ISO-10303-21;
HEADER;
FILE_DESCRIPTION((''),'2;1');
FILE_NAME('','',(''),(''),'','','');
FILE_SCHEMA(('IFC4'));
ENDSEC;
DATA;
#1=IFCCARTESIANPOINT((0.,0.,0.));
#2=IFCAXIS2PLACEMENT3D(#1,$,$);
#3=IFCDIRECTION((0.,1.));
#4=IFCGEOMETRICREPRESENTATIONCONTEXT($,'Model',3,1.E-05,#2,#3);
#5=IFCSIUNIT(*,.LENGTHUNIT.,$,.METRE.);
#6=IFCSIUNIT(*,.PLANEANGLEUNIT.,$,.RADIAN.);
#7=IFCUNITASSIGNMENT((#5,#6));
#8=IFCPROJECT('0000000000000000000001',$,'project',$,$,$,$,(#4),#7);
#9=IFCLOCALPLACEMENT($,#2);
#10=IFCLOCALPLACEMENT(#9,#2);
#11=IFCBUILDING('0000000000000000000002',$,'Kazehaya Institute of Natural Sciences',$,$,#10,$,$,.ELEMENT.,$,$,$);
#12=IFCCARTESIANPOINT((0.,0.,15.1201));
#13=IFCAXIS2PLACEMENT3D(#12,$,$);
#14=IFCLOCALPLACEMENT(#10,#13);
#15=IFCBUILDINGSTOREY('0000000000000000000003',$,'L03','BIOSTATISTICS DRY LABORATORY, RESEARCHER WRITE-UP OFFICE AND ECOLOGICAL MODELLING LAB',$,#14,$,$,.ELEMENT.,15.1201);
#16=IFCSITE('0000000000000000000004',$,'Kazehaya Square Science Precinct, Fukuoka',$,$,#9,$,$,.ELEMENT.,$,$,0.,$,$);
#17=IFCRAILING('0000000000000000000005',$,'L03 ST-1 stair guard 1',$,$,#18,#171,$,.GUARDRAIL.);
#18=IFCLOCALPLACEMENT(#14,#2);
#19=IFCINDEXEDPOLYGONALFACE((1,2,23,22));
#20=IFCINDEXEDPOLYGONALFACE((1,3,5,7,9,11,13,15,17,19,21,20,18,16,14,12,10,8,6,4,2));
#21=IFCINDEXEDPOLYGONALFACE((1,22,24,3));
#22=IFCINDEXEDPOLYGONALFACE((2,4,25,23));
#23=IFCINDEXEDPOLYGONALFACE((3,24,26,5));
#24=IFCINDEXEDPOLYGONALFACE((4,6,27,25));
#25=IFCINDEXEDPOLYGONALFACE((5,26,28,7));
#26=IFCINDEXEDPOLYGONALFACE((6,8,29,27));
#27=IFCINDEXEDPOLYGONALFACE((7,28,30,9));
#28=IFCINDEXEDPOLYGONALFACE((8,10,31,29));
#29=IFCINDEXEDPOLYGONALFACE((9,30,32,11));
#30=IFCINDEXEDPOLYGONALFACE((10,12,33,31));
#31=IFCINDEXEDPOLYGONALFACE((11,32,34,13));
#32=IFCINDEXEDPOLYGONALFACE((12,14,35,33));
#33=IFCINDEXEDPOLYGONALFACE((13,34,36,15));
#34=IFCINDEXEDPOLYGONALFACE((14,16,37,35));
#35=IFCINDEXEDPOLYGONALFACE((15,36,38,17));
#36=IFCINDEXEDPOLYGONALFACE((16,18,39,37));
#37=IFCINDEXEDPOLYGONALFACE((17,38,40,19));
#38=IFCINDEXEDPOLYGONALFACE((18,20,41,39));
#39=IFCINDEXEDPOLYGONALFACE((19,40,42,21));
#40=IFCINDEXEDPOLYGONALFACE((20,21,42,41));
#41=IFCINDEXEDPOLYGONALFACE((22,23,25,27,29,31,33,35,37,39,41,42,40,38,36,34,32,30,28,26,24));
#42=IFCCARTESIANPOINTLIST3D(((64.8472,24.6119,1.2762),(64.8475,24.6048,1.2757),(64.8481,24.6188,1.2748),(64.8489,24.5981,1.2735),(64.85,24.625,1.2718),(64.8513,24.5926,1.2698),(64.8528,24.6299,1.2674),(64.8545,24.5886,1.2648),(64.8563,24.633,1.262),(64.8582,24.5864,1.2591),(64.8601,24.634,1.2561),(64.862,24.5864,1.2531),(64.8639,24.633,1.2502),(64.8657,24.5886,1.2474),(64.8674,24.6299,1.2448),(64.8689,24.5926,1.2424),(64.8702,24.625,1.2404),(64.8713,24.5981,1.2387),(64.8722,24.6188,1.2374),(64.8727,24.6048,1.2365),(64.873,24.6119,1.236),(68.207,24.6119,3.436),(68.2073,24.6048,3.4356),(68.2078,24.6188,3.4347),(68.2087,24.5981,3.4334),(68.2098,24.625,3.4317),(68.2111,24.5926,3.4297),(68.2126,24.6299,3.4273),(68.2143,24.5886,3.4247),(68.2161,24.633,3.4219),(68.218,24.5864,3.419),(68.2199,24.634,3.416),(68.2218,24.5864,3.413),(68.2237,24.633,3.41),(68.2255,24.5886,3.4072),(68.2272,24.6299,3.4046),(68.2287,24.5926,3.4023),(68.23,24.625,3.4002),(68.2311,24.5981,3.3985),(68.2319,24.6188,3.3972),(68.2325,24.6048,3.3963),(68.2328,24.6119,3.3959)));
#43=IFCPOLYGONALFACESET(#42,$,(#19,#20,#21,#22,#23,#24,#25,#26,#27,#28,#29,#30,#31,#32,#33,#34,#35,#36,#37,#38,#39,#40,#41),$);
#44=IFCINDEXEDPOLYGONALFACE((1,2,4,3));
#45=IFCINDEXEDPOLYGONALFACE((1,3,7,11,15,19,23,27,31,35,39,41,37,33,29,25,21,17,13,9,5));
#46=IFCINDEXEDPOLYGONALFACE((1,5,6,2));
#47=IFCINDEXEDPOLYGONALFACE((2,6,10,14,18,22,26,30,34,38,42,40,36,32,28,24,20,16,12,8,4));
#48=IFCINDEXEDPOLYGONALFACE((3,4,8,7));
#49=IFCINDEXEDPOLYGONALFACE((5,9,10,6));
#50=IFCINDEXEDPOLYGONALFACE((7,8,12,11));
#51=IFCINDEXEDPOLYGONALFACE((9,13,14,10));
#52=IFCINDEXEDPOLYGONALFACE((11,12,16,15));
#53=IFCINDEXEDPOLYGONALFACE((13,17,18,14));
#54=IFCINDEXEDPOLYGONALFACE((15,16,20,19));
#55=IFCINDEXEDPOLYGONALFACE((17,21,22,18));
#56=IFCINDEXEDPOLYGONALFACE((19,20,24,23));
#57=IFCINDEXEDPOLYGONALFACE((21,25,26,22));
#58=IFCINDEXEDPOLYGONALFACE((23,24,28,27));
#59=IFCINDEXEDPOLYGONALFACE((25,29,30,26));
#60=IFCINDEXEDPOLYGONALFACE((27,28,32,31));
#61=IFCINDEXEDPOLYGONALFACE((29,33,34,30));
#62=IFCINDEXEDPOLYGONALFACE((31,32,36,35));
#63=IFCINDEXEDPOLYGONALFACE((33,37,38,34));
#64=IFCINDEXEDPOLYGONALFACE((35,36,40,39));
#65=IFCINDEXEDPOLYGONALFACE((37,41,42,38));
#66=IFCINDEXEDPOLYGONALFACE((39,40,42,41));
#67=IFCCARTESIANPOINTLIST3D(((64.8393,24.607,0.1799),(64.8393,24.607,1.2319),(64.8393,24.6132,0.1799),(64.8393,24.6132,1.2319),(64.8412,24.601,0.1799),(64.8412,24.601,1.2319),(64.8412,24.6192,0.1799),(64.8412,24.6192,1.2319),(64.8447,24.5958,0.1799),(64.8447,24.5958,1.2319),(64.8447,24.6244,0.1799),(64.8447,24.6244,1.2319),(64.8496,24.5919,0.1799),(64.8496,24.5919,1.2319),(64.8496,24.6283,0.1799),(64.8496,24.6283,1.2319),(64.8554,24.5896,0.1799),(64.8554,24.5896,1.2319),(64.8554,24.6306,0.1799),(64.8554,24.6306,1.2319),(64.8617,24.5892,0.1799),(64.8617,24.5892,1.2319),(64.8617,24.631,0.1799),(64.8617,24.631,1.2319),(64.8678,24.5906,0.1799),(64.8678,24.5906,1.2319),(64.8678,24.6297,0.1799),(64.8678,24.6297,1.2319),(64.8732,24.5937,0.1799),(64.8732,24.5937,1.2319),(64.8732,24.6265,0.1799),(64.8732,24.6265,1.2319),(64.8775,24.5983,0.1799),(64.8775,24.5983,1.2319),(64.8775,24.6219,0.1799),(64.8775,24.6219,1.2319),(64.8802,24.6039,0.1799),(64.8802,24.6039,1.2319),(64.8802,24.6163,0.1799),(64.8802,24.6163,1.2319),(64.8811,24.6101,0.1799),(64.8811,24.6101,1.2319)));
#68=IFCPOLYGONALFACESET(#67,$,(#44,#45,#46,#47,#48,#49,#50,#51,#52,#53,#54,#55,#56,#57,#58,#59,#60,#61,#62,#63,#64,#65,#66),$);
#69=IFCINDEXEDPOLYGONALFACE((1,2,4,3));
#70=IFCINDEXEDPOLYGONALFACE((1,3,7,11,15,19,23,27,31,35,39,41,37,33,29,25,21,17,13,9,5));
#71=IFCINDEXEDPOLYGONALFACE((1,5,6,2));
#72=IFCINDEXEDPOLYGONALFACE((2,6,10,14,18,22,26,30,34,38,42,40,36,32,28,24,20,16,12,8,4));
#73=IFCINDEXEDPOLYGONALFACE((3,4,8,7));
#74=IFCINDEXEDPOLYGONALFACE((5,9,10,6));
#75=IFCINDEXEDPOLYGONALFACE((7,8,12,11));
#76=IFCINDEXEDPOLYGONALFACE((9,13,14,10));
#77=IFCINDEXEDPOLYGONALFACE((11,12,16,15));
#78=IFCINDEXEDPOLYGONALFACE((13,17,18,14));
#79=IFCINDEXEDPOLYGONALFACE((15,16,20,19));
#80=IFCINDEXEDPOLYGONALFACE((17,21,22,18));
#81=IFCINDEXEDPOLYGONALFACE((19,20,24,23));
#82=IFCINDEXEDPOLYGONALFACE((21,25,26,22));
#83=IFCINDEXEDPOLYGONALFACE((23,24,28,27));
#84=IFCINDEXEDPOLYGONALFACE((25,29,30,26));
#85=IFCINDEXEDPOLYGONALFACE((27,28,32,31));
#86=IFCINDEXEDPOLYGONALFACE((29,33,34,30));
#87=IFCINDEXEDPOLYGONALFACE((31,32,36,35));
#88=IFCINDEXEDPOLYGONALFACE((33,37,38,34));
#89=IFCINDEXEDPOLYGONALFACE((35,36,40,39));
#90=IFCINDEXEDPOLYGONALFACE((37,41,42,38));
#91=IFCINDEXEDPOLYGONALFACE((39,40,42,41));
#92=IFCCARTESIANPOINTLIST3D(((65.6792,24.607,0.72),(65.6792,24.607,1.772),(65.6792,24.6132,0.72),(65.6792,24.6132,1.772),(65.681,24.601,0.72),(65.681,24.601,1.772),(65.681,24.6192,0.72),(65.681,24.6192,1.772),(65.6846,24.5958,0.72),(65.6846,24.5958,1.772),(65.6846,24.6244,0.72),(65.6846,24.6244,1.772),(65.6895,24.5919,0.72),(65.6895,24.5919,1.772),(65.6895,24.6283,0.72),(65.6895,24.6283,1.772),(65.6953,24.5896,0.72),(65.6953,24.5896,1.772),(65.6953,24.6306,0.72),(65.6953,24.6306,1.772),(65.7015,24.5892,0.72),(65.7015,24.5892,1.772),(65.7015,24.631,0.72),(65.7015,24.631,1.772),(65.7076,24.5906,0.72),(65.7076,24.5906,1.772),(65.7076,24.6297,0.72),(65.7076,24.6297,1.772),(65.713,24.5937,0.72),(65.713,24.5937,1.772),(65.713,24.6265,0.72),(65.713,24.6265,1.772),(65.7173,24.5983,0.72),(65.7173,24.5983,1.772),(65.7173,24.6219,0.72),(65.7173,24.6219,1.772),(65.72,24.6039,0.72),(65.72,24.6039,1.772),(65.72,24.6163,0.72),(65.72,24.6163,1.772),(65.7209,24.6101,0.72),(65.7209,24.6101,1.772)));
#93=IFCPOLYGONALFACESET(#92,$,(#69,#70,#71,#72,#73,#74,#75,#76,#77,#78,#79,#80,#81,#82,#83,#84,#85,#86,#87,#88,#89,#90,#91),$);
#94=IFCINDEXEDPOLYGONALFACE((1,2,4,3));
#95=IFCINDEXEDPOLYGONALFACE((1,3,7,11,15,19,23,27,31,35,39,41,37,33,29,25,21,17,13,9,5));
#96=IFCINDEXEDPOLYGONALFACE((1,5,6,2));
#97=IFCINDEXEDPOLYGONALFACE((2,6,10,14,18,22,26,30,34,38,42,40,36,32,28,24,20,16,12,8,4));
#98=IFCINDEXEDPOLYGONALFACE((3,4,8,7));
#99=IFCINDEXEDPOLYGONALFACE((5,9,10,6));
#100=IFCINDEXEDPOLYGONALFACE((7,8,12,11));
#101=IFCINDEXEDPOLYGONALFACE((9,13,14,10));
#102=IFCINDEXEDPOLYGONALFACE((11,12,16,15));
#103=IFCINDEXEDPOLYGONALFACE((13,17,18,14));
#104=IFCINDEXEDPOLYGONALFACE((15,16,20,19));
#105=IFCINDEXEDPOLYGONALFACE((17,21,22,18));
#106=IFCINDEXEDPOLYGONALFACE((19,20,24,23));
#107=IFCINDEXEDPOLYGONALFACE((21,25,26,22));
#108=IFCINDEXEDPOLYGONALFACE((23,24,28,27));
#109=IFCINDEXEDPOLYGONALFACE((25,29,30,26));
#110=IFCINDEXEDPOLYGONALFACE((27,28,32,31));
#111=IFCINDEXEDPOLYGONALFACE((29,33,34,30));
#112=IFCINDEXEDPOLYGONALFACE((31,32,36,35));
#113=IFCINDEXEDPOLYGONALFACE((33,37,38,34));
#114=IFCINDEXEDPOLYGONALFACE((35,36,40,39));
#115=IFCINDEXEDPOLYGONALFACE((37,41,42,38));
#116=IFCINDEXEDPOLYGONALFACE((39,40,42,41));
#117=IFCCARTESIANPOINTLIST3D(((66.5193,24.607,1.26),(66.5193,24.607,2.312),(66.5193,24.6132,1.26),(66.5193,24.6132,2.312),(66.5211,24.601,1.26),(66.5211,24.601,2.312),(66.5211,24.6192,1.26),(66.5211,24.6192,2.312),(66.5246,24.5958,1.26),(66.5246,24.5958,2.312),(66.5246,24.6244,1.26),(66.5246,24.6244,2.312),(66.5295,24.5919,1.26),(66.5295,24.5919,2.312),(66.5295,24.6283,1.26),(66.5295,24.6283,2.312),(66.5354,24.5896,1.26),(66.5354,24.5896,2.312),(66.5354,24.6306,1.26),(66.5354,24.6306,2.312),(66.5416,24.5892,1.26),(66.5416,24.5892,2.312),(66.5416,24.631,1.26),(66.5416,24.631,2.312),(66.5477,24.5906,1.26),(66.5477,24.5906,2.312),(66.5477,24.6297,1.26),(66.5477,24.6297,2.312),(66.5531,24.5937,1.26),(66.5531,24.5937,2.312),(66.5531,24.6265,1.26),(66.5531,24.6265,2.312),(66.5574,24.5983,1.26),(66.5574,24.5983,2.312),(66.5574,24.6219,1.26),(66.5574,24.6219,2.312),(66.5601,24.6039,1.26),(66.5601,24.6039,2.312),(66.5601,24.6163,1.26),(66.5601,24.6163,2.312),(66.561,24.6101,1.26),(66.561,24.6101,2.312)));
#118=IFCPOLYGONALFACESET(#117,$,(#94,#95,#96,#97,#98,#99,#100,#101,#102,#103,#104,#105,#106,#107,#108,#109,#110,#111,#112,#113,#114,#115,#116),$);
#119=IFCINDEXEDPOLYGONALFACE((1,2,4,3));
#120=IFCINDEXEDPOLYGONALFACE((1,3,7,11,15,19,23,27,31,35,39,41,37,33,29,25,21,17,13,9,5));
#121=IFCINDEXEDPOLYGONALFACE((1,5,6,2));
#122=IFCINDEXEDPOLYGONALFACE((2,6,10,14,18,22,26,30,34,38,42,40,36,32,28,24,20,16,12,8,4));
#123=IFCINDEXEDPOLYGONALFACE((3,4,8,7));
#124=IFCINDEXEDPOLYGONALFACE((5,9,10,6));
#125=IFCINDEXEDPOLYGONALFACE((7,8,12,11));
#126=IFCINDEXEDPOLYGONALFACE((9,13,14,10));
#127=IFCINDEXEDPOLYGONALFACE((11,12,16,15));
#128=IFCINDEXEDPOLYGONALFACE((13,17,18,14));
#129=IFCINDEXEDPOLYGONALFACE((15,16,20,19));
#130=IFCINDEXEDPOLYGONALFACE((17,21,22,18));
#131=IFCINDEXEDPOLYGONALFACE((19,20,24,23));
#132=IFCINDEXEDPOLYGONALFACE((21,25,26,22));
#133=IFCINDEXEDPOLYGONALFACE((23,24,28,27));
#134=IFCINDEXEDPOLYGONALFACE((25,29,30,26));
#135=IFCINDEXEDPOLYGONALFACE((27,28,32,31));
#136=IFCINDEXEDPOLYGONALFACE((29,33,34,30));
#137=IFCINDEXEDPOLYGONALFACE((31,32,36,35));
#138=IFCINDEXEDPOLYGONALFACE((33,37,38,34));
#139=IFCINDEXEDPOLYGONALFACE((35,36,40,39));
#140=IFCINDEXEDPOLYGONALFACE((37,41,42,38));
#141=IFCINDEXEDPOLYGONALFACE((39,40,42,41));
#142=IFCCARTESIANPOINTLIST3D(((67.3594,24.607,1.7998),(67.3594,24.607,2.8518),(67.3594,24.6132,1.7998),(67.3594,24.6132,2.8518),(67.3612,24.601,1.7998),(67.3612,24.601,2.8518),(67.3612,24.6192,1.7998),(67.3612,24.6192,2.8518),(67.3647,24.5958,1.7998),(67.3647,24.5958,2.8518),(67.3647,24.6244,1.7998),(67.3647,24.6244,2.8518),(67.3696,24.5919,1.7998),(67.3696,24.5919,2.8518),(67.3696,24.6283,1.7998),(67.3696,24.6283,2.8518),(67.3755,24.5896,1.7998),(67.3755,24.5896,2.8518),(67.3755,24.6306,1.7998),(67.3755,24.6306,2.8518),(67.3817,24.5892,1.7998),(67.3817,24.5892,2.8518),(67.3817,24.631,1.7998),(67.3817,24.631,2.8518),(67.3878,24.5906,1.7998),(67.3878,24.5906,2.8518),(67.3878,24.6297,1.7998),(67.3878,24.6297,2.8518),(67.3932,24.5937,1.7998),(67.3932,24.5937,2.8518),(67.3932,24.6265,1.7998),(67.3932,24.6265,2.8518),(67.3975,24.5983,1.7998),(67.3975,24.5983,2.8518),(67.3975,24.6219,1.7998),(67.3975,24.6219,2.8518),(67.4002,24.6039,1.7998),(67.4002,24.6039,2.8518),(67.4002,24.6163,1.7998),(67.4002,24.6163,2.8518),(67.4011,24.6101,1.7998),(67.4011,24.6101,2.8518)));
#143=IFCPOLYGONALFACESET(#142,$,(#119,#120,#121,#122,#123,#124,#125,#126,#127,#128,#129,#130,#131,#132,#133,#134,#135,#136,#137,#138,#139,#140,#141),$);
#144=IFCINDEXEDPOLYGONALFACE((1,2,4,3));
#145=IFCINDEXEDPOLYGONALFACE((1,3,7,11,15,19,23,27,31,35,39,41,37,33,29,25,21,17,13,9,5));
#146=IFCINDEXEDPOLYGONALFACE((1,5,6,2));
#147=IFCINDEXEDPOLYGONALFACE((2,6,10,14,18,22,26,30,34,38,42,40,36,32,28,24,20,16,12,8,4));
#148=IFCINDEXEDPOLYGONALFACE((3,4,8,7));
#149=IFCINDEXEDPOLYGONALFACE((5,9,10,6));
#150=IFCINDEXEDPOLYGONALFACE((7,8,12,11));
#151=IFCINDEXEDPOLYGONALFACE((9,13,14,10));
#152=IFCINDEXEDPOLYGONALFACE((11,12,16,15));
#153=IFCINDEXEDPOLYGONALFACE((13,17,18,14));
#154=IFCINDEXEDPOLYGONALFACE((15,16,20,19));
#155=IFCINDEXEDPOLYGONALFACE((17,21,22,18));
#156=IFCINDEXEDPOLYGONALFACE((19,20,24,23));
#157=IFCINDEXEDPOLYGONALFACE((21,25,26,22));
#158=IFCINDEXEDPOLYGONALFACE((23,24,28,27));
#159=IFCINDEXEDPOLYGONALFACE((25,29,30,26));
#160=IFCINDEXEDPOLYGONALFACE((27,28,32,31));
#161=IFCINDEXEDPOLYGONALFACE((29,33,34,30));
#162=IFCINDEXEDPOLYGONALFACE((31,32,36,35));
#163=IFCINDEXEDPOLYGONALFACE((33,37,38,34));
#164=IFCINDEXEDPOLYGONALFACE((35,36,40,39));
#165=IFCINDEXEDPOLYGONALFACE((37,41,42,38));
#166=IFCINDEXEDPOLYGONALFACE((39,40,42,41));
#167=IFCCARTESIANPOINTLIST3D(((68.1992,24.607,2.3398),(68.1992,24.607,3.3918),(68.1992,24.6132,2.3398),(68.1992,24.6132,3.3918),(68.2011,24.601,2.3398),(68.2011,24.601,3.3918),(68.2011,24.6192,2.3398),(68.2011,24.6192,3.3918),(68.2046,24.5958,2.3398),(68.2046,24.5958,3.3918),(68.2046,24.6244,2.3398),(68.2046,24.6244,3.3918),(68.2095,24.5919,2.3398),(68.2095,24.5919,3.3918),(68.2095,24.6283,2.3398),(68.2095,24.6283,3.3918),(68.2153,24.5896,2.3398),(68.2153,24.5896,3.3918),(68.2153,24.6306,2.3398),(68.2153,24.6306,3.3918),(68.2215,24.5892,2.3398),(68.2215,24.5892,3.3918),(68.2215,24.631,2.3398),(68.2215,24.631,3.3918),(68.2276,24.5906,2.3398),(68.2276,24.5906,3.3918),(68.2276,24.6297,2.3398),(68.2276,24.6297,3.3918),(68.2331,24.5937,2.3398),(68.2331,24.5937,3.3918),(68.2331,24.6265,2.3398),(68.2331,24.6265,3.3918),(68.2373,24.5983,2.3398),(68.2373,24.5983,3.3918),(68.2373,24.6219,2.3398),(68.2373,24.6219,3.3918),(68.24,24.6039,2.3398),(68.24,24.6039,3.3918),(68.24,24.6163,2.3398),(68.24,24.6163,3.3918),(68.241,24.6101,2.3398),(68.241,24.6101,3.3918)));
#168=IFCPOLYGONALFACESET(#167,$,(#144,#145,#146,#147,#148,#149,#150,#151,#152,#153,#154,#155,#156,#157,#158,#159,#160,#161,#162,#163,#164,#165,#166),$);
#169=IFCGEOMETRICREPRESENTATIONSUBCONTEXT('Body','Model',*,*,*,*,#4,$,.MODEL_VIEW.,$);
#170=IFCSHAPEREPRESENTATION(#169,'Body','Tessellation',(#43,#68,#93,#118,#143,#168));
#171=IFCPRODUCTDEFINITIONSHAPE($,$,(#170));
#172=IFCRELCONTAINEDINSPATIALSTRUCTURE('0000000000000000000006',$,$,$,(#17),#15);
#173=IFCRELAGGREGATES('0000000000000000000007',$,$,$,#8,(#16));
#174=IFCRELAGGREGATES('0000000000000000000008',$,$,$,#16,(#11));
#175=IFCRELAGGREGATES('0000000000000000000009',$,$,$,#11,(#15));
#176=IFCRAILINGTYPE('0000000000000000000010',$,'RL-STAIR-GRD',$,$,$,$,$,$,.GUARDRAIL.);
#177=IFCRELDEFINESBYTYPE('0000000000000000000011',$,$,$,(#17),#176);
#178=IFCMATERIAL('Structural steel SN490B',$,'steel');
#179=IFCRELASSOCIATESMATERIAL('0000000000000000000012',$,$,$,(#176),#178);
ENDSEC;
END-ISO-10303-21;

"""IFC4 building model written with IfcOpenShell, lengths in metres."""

from ifc_helpers import new_model, si_unit, direction, frame, origin, origin_2d, place, context, subcontext, project, spatial, circle, extrude, material, type_object, element, save


model = new_model("IFC4")

# Units and contexts
model_context = context("Model", 3, precision=1e-05, world=origin(), true_north=direction((0.0, 1.0)))
body_context = subcontext(model_context, "Body", "Model", "MODEL_VIEW")
ifc_project = project(units=[si_unit("LENGTHUNIT", "METRE"), si_unit("PLANEANGLEUNIT", "RADIAN")], contexts=[model_context])

# Site, building, storey
site_placement = place(None, origin())
site = spatial("IfcSite", under=ifc_project, at=site_placement, Name="Kazehaya Square Science Precinct, Fukuoka", CompositionType="ELEMENT", RefElevation=0.0)
building_placement = place(site_placement, origin())
building = spatial("IfcBuilding", under=site, at=building_placement, Name="Kazehaya Institute of Natural Sciences", CompositionType="ELEMENT")
storey_placement = place(building_placement, frame((0.0, 0.0, 15.1201)))
storey = spatial("IfcBuildingStorey", under=building, at=storey_placement, Name="L03", Description="BIOSTATISTICS DRY LABORATORY, RESEARCHER WRITE-UP OFFICE AND ECOLOGICAL MODELLING LAB", CompositionType="ELEMENT", Elevation=15.1201)

# Railing
ifc_material_1 = material(Name="Structural steel SN490B", Category="steel")
railing_type_1 = type_object("IfcRailingType", Name="RL-STAIR-GRD", PredefinedType="GUARDRAIL", material=ifc_material_1)
railing_1_placement = place(storey_placement, frame((64.8601, 24.6101, 0.1799)))
element("IfcRailing", 1, at=railing_1_placement, inside=storey, type_object=railing_type_1, Name="L03 ST-1 stair guard 1", PredefinedType="GUARDRAIL", context=body_context, shape_type="SweptSolid", body=[
    extrude(circle(Radius=0.0239, at=origin_2d()), frame((0.0, 0.0, 1.0762), z_axis=(0.841178, 0.0, 0.540758), x_axis=(0.0, 1.0, 0.0)), (0.0, 0.0, 1.0), 3.9941),
    extrude(circle(Radius=0.021, at=origin_2d()), origin(), (0.0, 0.0, 1.0), 1.052),
    extrude(circle(Radius=0.021, at=origin_2d()), frame((0.8398, 0.0, 0.54)), (0.0, 0.0, 1.0), 1.052),
    extrude(circle(Radius=0.021, at=origin_2d()), frame((1.6799, 0.0, 1.0801)), (0.0, 0.0, 1.0), 1.052),
    extrude(circle(Radius=0.021, at=origin_2d()), frame((2.52, 0.0, 1.6199)), (0.0, 0.0, 1.0), 1.052),
    extrude(circle(Radius=0.021, at=origin_2d()), frame((3.3599, 0.0, 2.1599)), (0.0, 0.0, 1.0), 1.052),
])

save(model, "model.ifc")
